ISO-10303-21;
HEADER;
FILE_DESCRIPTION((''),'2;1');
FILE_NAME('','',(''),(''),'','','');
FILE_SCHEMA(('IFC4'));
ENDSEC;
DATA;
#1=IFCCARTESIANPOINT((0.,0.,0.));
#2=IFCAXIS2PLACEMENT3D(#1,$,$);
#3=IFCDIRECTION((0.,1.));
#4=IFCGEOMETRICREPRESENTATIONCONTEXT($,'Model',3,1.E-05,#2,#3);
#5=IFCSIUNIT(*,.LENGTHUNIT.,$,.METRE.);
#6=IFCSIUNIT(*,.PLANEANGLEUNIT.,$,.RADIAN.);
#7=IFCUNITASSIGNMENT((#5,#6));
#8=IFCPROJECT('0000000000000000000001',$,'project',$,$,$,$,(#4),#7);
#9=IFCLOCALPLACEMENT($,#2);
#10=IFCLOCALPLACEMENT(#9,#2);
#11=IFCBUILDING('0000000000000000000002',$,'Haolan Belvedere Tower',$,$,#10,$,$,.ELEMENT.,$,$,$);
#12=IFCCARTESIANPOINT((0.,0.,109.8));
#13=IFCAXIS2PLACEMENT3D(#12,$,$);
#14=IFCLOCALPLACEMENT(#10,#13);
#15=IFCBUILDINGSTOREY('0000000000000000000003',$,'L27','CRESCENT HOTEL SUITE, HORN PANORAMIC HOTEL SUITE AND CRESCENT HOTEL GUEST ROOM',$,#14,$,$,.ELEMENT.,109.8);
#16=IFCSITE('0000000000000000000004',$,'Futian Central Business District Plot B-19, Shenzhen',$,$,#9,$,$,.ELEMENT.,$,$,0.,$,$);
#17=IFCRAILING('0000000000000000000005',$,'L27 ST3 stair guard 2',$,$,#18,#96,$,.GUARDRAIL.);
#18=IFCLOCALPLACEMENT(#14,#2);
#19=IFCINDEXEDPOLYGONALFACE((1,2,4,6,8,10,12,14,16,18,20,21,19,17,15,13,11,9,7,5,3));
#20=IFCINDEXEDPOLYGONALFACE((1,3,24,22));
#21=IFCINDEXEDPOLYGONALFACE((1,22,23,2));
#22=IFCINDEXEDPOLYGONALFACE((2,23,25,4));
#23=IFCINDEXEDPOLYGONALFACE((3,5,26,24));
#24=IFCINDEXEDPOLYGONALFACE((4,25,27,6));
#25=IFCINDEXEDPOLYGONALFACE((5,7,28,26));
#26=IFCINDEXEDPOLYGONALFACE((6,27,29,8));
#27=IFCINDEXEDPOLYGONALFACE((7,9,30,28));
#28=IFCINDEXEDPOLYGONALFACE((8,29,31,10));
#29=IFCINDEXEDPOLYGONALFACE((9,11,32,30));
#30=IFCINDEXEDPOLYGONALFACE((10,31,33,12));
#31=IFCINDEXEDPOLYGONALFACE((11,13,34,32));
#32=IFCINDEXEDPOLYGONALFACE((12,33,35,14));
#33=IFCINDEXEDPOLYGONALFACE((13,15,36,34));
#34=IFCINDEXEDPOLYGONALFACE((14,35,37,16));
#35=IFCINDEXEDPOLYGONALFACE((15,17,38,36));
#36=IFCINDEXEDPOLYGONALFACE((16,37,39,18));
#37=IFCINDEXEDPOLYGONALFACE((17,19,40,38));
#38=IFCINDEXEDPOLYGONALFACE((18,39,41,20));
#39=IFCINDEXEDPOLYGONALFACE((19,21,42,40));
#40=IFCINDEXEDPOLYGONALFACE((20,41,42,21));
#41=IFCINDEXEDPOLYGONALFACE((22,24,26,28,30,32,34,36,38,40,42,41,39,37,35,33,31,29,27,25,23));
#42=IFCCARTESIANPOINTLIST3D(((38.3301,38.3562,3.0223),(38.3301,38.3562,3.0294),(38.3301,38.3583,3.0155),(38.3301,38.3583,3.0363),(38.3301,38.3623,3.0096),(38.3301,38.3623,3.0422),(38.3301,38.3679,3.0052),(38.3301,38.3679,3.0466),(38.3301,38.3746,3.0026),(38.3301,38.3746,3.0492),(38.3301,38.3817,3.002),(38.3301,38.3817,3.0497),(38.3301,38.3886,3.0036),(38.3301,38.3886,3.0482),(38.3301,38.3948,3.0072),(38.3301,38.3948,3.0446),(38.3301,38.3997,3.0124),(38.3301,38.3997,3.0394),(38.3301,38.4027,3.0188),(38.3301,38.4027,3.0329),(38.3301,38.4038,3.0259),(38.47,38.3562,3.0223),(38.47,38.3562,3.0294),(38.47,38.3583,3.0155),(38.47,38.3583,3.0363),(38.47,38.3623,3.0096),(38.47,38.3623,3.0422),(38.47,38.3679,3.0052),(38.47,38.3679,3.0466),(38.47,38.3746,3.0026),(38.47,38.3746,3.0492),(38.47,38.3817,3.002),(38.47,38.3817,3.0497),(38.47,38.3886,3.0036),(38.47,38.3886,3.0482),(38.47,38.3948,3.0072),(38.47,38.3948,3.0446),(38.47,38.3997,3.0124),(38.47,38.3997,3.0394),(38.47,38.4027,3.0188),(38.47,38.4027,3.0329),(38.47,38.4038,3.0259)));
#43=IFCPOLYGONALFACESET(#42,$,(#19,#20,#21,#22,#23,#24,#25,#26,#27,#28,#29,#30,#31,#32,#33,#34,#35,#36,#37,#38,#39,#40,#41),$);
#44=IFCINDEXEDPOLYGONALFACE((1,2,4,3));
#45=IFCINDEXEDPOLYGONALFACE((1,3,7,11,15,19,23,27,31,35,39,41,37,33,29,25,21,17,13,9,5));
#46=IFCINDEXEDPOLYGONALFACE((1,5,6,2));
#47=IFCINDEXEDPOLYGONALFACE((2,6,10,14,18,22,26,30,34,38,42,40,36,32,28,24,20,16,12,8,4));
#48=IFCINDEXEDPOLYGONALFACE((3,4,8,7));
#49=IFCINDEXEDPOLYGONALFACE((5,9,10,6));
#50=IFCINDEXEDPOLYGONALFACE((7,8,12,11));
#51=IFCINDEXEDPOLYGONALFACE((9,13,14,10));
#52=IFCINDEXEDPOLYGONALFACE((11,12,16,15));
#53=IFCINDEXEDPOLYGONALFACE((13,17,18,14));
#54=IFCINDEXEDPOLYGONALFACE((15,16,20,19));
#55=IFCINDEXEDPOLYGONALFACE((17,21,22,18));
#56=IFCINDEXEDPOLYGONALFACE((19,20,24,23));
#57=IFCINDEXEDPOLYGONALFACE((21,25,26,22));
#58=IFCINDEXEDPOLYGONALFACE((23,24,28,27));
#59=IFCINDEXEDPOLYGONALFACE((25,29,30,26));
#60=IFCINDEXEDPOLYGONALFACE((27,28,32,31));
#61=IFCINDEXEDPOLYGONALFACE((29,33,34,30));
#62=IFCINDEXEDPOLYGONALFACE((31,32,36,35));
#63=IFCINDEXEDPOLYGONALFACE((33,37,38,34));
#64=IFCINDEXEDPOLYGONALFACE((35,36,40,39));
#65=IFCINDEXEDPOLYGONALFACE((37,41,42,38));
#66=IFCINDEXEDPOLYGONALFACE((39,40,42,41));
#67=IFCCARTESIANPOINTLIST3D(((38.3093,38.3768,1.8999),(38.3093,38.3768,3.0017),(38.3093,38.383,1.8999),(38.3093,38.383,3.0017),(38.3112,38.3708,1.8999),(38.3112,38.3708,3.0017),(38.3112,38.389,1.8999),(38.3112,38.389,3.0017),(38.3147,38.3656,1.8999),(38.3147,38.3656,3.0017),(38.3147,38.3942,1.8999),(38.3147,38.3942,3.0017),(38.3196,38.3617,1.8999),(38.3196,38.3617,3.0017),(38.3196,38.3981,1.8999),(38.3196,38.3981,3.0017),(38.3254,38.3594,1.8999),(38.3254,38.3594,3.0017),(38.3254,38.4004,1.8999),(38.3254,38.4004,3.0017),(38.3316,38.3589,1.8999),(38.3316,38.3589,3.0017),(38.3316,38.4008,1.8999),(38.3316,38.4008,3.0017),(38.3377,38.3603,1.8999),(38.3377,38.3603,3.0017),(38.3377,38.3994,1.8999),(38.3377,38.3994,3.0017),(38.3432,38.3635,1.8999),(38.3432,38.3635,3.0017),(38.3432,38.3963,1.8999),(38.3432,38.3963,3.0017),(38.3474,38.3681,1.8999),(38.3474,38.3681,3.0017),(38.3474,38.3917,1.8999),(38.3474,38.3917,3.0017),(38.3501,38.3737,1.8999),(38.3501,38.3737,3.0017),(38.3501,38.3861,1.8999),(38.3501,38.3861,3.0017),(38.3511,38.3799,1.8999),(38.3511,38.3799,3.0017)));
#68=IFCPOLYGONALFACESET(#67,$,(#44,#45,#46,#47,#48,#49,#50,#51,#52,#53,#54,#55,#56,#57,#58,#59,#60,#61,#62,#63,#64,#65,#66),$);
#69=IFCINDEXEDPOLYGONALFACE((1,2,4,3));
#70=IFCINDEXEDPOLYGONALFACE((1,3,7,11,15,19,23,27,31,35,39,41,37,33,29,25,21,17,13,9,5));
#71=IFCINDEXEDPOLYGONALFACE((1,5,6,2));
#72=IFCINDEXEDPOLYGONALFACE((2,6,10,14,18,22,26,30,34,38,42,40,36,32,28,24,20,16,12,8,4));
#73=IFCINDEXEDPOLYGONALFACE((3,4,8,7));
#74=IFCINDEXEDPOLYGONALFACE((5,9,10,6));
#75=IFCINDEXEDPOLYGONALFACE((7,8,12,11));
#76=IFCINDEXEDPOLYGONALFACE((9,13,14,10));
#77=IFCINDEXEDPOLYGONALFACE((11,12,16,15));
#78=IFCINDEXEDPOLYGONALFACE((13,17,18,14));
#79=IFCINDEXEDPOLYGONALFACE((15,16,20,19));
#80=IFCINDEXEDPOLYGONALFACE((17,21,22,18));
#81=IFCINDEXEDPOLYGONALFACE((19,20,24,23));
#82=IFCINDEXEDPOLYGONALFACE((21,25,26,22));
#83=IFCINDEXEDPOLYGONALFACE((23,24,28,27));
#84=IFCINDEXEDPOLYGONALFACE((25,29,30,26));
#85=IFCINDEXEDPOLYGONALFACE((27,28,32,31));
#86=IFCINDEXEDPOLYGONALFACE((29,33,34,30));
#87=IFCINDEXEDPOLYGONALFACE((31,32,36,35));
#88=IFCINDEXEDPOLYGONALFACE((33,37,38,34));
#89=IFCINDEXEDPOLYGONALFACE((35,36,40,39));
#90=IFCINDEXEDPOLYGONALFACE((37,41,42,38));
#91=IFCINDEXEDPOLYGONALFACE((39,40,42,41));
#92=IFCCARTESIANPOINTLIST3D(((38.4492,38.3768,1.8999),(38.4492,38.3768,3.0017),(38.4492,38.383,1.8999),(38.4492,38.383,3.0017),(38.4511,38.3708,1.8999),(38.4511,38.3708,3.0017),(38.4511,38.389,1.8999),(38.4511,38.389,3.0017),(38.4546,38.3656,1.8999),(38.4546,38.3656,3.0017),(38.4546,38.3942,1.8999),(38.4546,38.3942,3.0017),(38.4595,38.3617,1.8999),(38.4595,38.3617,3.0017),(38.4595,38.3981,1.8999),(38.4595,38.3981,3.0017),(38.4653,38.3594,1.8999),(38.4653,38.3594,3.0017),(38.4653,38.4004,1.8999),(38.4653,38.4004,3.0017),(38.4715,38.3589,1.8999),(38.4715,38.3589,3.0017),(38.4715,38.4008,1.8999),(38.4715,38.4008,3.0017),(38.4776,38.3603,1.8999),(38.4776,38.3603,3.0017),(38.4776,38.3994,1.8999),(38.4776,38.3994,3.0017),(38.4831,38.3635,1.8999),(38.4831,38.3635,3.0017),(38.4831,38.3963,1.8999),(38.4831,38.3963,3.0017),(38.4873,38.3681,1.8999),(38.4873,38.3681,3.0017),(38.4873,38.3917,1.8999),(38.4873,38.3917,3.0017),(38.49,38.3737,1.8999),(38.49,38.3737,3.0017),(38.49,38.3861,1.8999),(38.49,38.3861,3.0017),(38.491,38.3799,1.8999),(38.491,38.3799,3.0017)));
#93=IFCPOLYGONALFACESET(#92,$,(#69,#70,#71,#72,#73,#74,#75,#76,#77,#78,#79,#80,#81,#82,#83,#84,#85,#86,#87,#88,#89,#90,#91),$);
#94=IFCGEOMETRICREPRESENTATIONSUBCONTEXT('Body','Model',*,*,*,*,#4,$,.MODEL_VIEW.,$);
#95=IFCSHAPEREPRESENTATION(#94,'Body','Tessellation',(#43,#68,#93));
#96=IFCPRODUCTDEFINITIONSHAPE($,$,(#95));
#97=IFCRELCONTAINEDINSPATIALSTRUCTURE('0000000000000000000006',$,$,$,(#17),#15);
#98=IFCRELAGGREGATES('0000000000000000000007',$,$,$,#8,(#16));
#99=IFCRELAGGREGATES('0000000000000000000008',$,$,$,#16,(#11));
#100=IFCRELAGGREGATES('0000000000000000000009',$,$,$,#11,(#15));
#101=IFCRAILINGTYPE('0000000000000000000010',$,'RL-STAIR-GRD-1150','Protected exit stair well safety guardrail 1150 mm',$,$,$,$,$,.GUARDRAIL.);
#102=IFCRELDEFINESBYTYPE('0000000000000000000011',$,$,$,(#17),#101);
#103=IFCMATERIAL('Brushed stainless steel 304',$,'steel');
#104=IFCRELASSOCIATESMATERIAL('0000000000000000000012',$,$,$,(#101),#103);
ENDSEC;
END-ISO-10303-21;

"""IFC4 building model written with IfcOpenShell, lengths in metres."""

from ifc_helpers import new_model, si_unit, direction, frame, origin, origin_2d, place, context, subcontext, project, spatial, circle, extrude, material, type_object, element, save


model = new_model("IFC4")

# Units and contexts
model_context = context("Model", 3, precision=1e-05, world=origin(), true_north=direction((0.0, 1.0)))
body_context = subcontext(model_context, "Body", "Model", "MODEL_VIEW")
ifc_project = project(units=[si_unit("LENGTHUNIT", "METRE"), si_unit("PLANEANGLEUNIT", "RADIAN")], contexts=[model_context])

# Site, building, storey
site_placement = place(None, origin())
site = spatial("IfcSite", under=ifc_project, at=site_placement, Name="Futian Central Business District Plot B-19, Shenzhen", CompositionType="ELEMENT", RefElevation=0.0)
building_placement = place(site_placement, origin())
building = spatial("IfcBuilding", under=site, at=building_placement, Name="Haolan Belvedere Tower", CompositionType="ELEMENT")
storey_placement = place(building_placement, frame((0.0, 0.0, 109.8)))
storey = spatial("IfcBuildingStorey", under=building, at=storey_placement, Name="L27", Description="CRESCENT HOTEL SUITE, HORN PANORAMIC HOTEL SUITE AND CRESCENT HOTEL GUEST ROOM", CompositionType="ELEMENT", Elevation=109.8)

# Railing
ifc_material_1 = material(Name="Brushed stainless steel 304", Category="steel")
railing_type_1 = type_object("IfcRailingType", Name="RL-STAIR-GRD-1150", Description="Protected exit stair well safety guardrail 1150 mm", PredefinedType="GUARDRAIL", material=ifc_material_1)
railing_1_placement = place(storey_placement, frame((38.3301, 38.3799, 1.8999)))
element("IfcRailing", 1, at=railing_1_placement, inside=storey, type_object=railing_type_1, Name="L27 ST3 stair guard 2", PredefinedType="GUARDRAIL", context=body_context, shape_type="SweptSolid", body=[
    extrude(circle(Radius=0.0239, at=origin_2d()), frame((0.0, 0.0, 1.126), z_axis=(1.0, 0.0, 0.0), x_axis=(0.0, 1.0, 0.0)), (0.0, 0.0, 1.0), 0.1399),
    extrude(circle(Radius=0.021, at=origin_2d()), origin(), (0.0, 0.0, 1.0), 1.1018),
    extrude(circle(Radius=0.021, at=origin_2d()), frame((0.1399, 0.0, 0.0)), (0.0, 0.0, 1.0), 1.1018),
])

save(model, "model.ifc")
